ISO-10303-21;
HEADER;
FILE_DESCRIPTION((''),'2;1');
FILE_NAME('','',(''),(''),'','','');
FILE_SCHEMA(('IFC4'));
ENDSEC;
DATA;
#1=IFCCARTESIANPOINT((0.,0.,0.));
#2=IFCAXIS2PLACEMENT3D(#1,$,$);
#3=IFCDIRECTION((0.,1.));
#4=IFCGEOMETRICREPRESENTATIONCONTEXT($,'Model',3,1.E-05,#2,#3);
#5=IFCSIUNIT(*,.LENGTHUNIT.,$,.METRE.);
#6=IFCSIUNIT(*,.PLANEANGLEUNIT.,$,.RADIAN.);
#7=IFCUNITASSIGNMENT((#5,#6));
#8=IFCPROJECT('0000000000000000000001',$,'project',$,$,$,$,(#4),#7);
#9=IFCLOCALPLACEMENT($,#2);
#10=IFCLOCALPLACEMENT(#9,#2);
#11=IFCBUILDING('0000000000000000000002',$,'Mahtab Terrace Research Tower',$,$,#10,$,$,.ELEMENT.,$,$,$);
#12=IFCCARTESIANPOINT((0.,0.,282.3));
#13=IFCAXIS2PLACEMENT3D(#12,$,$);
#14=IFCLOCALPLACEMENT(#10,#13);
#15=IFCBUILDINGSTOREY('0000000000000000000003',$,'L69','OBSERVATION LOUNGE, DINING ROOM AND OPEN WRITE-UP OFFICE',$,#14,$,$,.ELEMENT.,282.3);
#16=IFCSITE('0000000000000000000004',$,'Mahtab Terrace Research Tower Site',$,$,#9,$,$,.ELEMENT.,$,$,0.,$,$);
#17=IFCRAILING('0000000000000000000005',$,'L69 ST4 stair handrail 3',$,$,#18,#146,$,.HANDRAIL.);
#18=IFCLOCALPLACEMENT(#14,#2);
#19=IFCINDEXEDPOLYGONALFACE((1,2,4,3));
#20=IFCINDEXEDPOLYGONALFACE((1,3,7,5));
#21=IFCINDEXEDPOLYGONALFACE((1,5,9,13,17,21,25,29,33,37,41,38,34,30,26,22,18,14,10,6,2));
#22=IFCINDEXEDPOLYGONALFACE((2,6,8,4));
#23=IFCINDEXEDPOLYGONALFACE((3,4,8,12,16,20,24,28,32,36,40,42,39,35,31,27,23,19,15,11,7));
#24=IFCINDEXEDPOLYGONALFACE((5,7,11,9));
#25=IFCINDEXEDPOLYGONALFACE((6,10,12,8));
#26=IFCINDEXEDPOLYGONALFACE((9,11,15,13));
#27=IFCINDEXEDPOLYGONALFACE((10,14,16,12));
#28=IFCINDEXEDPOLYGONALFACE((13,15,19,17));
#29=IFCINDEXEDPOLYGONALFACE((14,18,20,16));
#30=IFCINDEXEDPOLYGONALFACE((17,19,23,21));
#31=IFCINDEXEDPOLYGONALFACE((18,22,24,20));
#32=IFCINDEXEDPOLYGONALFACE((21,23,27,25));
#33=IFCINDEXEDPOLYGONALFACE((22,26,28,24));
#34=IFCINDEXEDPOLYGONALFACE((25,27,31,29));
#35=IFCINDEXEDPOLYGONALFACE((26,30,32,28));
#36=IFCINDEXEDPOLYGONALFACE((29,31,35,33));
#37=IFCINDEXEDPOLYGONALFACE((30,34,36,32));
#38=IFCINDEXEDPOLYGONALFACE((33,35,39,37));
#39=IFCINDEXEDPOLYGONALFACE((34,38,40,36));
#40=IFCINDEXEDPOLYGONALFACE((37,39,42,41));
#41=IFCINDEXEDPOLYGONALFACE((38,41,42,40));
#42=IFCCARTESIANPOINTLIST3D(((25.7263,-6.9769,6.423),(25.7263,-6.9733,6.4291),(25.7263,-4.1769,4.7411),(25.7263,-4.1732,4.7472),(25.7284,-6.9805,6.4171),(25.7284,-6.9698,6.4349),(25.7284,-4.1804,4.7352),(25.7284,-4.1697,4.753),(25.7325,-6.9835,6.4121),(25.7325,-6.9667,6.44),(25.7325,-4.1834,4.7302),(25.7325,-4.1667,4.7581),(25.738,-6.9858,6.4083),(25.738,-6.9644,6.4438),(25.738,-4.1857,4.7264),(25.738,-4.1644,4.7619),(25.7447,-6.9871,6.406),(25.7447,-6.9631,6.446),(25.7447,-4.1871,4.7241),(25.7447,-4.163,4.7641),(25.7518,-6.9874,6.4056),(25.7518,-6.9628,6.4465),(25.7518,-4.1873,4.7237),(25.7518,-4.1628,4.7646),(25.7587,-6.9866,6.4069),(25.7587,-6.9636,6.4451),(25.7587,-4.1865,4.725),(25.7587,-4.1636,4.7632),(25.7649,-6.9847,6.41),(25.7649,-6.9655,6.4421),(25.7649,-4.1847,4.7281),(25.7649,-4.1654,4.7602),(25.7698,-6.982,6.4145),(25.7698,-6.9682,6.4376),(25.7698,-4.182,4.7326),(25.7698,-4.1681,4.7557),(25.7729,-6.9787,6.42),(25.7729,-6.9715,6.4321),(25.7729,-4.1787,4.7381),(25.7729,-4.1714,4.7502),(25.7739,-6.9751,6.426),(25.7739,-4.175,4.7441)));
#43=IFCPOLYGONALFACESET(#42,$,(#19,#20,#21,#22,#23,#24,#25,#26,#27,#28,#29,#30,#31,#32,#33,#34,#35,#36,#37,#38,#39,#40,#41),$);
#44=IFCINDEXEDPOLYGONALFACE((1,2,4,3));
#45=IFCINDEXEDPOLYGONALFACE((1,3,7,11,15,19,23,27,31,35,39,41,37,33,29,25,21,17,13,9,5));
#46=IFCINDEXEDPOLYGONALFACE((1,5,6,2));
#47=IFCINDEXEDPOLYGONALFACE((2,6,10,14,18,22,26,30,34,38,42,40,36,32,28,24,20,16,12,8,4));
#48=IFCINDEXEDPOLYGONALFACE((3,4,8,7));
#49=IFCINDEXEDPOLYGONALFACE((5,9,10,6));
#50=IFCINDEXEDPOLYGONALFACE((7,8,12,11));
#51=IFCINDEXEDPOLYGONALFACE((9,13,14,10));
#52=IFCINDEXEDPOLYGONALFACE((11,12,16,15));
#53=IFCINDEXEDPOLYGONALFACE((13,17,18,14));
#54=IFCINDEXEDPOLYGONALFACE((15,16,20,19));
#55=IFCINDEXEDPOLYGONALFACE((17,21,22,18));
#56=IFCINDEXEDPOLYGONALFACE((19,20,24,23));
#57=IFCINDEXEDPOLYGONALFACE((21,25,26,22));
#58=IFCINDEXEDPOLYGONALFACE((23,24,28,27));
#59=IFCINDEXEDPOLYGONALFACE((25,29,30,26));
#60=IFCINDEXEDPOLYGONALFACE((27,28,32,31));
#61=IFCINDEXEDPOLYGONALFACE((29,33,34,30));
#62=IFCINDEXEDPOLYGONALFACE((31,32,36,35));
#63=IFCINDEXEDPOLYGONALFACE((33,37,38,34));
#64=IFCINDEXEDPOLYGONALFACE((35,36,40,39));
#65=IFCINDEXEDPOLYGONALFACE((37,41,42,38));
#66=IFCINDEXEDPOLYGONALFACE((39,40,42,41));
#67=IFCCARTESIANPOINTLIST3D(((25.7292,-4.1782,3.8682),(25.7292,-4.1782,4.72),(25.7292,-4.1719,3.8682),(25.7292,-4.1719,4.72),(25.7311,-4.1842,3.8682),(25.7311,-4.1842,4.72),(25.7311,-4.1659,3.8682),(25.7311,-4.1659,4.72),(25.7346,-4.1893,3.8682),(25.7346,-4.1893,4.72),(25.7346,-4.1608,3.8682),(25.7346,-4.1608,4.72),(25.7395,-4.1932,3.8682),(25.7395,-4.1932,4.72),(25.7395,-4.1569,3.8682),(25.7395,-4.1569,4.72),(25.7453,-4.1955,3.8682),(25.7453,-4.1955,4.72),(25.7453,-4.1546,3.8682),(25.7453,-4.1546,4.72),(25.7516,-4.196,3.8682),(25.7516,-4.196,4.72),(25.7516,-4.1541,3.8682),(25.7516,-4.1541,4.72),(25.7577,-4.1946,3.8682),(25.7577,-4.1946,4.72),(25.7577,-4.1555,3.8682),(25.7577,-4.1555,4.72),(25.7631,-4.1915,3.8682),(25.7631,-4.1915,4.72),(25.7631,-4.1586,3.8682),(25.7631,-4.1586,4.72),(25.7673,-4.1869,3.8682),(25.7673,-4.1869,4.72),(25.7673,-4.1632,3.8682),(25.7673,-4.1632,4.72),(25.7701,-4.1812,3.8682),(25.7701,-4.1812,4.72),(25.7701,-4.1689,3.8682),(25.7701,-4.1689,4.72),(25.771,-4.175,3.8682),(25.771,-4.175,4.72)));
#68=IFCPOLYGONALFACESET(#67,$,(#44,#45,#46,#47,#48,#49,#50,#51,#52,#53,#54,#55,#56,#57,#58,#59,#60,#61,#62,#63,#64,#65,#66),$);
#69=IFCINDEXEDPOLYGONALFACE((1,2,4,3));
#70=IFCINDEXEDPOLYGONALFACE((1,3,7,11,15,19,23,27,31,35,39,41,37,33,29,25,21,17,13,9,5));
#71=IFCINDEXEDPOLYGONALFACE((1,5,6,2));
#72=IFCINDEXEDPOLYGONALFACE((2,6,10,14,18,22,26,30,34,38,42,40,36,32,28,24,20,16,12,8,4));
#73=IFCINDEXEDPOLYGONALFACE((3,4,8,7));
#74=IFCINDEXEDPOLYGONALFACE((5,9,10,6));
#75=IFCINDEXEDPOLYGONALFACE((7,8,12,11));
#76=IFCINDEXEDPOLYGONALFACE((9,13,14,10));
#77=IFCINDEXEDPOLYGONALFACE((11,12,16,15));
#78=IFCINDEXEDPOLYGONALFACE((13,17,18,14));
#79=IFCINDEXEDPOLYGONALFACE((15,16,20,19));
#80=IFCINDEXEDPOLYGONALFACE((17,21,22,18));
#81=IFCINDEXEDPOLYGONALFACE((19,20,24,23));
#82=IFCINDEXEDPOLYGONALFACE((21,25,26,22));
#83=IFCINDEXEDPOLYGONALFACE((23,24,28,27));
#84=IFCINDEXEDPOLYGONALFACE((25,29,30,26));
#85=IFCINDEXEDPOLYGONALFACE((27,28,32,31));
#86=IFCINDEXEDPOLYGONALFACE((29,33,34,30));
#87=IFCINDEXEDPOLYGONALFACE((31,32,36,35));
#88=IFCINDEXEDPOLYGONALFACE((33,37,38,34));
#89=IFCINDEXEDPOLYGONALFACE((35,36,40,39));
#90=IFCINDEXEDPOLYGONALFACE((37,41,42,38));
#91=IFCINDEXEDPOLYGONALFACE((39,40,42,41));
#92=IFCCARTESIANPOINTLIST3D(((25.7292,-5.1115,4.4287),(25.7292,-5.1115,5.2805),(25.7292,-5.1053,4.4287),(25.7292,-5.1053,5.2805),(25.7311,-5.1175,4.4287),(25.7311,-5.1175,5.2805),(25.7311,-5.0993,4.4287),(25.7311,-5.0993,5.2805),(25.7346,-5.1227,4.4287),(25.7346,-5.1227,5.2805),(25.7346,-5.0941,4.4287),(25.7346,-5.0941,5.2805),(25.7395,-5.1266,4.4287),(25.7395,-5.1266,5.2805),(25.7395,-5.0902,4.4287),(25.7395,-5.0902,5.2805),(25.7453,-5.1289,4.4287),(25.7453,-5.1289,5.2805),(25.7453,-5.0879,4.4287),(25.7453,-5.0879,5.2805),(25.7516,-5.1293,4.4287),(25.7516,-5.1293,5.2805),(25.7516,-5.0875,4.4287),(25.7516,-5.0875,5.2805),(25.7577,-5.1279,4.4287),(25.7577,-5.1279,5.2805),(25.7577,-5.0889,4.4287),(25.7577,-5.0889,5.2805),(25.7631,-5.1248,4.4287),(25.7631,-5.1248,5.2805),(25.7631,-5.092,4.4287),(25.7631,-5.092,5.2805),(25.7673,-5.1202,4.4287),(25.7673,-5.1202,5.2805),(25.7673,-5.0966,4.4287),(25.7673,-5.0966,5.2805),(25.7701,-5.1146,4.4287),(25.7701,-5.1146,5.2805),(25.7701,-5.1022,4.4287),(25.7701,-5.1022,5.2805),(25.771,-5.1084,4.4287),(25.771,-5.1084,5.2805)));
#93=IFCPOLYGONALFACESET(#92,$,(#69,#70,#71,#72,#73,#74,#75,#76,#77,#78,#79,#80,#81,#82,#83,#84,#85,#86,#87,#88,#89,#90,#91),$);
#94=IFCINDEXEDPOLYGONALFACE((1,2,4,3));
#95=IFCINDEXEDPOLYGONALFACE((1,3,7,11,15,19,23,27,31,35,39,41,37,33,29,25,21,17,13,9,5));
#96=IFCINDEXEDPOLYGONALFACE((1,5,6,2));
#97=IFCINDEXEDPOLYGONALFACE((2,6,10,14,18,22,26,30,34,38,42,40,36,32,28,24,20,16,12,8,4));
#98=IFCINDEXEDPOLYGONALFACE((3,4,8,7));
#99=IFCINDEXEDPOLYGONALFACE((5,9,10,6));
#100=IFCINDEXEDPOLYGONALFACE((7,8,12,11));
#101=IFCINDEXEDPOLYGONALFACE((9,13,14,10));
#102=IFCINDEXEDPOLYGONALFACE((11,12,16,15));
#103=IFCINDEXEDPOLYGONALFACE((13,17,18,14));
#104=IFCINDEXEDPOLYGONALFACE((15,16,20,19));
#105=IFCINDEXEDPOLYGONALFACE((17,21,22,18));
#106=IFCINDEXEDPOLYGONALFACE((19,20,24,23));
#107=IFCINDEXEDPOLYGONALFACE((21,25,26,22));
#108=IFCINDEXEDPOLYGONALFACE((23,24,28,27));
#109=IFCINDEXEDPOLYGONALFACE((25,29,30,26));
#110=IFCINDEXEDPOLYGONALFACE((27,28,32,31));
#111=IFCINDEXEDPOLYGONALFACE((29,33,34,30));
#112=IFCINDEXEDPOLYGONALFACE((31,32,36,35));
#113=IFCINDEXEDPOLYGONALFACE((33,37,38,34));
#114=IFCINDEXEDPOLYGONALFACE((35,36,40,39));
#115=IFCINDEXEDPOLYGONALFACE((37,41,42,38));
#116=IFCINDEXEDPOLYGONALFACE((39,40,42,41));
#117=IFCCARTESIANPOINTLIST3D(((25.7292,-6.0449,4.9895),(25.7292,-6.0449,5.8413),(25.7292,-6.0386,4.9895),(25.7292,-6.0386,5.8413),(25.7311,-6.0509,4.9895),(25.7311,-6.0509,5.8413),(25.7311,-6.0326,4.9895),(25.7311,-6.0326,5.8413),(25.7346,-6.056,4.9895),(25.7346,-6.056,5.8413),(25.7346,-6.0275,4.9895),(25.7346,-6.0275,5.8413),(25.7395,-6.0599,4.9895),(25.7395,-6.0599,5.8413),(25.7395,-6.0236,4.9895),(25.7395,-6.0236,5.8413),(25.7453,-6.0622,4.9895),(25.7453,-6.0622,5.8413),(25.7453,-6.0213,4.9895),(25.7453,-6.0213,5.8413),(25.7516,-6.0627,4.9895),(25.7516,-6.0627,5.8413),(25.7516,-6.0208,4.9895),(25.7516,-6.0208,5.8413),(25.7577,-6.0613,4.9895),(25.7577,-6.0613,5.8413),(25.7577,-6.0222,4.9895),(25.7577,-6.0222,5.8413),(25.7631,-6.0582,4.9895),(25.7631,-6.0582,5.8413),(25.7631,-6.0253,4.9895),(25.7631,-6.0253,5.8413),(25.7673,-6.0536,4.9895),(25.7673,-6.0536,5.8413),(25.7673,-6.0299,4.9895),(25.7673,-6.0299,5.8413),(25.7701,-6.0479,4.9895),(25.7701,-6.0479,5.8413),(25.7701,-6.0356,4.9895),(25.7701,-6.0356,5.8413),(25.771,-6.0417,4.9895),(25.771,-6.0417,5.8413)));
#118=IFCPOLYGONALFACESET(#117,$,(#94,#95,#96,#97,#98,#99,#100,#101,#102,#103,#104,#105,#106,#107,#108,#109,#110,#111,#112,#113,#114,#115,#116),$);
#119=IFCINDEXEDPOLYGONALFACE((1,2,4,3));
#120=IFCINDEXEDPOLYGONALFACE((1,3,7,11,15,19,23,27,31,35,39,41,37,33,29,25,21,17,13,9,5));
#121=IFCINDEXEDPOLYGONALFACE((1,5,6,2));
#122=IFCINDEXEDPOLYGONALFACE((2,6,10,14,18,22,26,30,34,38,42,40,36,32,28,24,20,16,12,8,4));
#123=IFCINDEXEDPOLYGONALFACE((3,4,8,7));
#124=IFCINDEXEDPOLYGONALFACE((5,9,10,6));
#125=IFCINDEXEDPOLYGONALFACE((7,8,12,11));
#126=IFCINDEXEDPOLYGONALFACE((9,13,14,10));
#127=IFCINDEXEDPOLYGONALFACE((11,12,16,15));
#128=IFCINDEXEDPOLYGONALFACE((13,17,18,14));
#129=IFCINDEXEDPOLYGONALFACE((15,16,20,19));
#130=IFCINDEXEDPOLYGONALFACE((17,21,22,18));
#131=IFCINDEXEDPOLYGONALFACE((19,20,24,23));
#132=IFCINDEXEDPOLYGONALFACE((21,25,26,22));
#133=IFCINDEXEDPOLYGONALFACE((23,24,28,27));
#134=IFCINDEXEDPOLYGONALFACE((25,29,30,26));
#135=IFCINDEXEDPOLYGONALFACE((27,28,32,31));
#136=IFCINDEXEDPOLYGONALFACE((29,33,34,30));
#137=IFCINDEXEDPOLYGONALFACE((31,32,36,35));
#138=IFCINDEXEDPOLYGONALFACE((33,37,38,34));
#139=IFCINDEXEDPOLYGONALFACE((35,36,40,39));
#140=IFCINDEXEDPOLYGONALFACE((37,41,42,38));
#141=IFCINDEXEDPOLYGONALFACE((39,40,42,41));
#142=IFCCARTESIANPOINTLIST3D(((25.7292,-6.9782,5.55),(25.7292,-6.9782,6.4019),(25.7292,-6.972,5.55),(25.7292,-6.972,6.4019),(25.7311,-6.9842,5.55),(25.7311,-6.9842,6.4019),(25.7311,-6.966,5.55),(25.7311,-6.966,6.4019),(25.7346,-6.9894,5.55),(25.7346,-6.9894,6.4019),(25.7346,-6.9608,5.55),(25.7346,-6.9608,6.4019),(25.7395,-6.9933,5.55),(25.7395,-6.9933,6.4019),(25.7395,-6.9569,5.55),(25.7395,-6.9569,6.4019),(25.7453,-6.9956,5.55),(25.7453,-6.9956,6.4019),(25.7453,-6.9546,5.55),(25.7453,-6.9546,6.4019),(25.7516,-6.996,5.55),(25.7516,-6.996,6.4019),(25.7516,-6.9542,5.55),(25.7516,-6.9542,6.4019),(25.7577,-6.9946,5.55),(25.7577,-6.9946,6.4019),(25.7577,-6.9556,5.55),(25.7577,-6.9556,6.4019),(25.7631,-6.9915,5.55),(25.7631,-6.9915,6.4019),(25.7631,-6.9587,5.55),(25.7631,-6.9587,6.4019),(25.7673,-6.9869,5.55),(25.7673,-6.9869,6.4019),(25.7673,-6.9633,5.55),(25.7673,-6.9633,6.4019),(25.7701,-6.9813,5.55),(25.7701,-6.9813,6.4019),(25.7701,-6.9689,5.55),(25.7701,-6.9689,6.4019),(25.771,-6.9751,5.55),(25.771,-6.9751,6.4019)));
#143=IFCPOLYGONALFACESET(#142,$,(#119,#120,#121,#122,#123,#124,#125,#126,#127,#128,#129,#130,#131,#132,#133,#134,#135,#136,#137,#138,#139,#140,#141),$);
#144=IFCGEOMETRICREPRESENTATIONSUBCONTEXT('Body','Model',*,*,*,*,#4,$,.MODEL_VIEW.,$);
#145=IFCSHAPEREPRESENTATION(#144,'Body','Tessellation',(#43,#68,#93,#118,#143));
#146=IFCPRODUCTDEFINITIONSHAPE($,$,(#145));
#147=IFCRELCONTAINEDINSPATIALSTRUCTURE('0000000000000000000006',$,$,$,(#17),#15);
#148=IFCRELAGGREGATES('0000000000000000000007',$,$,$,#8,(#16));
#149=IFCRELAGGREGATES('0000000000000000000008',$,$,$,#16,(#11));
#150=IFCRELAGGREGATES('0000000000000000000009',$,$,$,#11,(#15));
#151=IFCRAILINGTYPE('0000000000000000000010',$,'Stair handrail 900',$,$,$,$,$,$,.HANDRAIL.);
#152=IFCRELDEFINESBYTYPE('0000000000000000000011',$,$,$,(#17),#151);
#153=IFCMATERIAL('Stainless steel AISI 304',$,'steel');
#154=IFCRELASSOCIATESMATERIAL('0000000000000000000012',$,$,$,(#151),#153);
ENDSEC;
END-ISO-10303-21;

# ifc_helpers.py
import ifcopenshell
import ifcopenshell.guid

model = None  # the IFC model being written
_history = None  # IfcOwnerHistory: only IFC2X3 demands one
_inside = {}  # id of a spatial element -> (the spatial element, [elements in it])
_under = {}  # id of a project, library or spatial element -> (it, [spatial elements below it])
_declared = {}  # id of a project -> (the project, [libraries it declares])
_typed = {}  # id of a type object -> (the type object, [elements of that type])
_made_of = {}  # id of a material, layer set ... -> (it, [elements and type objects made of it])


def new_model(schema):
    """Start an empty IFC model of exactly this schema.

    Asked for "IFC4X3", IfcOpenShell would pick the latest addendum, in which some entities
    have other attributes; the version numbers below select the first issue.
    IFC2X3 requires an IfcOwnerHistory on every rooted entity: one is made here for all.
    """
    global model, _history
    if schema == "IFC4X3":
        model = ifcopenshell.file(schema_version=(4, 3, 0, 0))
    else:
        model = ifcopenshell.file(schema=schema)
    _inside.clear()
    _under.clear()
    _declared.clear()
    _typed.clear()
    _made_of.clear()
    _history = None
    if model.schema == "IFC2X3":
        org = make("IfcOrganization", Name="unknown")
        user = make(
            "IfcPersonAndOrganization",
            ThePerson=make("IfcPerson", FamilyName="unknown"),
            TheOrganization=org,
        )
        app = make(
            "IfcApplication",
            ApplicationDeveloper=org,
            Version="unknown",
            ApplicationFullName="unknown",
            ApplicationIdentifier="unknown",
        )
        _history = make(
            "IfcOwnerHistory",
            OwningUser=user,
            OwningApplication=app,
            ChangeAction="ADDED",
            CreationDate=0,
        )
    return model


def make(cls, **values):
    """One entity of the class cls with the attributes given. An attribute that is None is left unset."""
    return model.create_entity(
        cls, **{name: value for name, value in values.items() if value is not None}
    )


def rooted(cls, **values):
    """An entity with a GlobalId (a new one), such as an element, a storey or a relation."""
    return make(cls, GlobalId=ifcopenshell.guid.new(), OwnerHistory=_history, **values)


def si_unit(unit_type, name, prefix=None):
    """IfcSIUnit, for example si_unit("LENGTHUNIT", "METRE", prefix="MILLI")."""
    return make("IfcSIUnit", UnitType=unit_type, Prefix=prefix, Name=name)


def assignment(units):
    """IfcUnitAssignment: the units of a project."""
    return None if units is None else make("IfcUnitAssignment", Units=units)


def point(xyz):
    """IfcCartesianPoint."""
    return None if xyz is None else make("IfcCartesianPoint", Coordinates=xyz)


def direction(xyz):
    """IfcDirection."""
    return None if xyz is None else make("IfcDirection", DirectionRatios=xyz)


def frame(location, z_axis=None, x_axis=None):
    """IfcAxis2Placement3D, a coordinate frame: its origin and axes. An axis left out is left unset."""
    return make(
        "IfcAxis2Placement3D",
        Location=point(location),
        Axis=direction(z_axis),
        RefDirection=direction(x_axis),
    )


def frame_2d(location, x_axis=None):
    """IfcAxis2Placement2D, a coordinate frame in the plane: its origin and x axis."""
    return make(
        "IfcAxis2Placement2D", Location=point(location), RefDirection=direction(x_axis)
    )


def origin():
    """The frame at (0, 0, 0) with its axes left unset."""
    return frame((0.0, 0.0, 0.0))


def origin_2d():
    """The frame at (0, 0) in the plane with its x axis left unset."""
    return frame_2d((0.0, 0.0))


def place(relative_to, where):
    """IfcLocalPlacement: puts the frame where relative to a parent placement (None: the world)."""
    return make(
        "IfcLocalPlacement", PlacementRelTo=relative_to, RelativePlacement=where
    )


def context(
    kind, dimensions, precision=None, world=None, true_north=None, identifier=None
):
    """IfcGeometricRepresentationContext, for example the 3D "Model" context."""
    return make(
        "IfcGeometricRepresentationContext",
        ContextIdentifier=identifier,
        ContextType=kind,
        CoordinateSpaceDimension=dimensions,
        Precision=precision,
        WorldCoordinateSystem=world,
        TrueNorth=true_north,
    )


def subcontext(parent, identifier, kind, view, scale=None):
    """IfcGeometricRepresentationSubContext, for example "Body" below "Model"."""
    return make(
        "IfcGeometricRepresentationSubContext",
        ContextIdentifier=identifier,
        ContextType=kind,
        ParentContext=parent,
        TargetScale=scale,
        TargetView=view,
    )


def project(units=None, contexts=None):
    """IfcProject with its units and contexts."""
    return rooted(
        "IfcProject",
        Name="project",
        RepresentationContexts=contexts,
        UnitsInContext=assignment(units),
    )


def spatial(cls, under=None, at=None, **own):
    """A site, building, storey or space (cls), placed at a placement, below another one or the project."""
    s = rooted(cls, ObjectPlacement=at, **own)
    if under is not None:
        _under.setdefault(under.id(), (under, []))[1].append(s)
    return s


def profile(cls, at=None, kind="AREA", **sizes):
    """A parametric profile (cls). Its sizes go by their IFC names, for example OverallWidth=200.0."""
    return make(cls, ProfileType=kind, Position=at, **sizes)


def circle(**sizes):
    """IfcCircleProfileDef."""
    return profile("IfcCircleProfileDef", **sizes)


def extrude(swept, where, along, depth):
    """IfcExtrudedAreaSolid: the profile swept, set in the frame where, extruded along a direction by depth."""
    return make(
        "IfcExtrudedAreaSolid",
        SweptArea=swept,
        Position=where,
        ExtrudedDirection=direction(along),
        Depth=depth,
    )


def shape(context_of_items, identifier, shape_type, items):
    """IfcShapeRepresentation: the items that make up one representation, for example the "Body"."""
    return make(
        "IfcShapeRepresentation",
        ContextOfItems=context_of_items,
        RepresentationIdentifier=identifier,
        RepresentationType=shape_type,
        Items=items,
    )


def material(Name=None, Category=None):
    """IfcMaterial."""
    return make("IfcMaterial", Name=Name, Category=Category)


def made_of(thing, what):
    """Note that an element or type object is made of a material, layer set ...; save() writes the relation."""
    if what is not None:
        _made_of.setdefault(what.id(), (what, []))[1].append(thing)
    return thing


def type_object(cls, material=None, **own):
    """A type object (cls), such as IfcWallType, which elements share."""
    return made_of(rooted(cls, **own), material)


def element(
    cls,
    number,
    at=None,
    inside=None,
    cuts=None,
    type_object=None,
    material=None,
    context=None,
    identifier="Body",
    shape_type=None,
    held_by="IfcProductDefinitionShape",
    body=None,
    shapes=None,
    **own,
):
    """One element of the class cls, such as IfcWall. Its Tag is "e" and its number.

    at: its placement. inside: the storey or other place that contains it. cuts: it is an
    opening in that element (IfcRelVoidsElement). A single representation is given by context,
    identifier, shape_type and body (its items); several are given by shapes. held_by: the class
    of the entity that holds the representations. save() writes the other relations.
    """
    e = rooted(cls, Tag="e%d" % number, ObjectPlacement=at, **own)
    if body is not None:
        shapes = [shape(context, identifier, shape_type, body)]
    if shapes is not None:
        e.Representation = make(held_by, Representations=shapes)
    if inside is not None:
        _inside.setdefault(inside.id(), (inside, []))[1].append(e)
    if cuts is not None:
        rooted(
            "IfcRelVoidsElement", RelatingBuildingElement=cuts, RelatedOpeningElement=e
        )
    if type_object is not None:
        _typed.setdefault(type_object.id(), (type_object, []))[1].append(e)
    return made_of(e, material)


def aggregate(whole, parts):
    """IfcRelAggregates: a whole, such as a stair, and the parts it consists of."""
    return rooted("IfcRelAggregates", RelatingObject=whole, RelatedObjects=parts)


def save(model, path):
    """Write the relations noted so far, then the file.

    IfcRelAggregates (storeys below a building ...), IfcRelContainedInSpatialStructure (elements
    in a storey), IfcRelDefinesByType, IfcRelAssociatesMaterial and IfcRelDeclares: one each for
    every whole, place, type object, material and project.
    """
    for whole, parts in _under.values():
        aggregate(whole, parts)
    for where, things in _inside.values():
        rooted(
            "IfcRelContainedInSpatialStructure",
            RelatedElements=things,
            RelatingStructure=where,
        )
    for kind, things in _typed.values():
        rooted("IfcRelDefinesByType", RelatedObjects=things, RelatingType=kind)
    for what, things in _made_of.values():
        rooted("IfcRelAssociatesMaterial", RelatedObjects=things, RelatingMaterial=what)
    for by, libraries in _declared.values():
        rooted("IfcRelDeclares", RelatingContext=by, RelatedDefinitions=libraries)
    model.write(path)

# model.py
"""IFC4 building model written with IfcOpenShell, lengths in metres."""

from ifc_helpers import new_model, si_unit, direction, frame, origin, origin_2d, place, context, subcontext, project, spatial, circle, extrude, material, type_object, element, save


model = new_model("IFC4")

# Units and contexts
model_context = context("Model", 3, precision=1e-05, world=origin(), true_north=direction((0.0, 1.0)))
body_context = subcontext(model_context, "Body", "Model", "MODEL_VIEW")
ifc_project = project(units=[si_unit("LENGTHUNIT", "METRE"), si_unit("PLANEANGLEUNIT", "RADIAN")], contexts=[model_context])

# Site, building, storey
site_placement = place(None, origin())
site = spatial("IfcSite", under=ifc_project, at=site_placement, Name="Mahtab Terrace Research Tower Site", CompositionType="ELEMENT", RefElevation=0.0)
building_placement = place(site_placement, origin())
building = spatial("IfcBuilding", under=site, at=building_placement, Name="Mahtab Terrace Research Tower", CompositionType="ELEMENT")
storey_placement = place(building_placement, frame((0.0, 0.0, 282.3)))
storey = spatial("IfcBuildingStorey", under=building, at=storey_placement, Name="L69", Description="OBSERVATION LOUNGE, DINING ROOM AND OPEN WRITE-UP OFFICE", CompositionType="ELEMENT", Elevation=282.3)

# Railing
ifc_material_1 = material(Name="Stainless steel AISI 304", Category="steel")
railing_type_1 = type_object("IfcRailingType", Name="Stair handrail 900", PredefinedType="HANDRAIL", material=ifc_material_1)
railing_1_placement = place(storey_placement, frame((25.75, -4.175, 3.8682)))
element("IfcRailing", 1, at=railing_1_placement, inside=storey, type_object=railing_type_1, Name="L69 ST4 stair handrail 3", PredefinedType="HANDRAIL", context=body_context, shape_type="SweptSolid", body=[
    extrude(circle(Radius=0.0239, at=origin_2d()), frame((0.0, 0.0, 0.876), z_axis=(0.0, -0.857242, 0.514913), x_axis=(1.0, 0.0, 0.0)), (0.0, 0.0, 1.0), 3.2664),
    extrude(circle(Radius=0.021, at=origin_2d()), origin(), (0.0, 0.0, 1.0), 0.8518),
    extrude(circle(Radius=0.021, at=origin_2d()), frame((0.0, -0.9333, 0.5605)), (0.0, 0.0, 1.0), 0.8518),
    extrude(circle(Radius=0.021, at=origin_2d()), frame((0.0, -1.8667, 1.1213)), (0.0, 0.0, 1.0), 0.8518),
    extrude(circle(Radius=0.021, at=origin_2d()), frame((0.0, -2.8, 1.6819)), (0.0, 0.0, 1.0), 0.8518),
])

save(model, "model.ifc")
